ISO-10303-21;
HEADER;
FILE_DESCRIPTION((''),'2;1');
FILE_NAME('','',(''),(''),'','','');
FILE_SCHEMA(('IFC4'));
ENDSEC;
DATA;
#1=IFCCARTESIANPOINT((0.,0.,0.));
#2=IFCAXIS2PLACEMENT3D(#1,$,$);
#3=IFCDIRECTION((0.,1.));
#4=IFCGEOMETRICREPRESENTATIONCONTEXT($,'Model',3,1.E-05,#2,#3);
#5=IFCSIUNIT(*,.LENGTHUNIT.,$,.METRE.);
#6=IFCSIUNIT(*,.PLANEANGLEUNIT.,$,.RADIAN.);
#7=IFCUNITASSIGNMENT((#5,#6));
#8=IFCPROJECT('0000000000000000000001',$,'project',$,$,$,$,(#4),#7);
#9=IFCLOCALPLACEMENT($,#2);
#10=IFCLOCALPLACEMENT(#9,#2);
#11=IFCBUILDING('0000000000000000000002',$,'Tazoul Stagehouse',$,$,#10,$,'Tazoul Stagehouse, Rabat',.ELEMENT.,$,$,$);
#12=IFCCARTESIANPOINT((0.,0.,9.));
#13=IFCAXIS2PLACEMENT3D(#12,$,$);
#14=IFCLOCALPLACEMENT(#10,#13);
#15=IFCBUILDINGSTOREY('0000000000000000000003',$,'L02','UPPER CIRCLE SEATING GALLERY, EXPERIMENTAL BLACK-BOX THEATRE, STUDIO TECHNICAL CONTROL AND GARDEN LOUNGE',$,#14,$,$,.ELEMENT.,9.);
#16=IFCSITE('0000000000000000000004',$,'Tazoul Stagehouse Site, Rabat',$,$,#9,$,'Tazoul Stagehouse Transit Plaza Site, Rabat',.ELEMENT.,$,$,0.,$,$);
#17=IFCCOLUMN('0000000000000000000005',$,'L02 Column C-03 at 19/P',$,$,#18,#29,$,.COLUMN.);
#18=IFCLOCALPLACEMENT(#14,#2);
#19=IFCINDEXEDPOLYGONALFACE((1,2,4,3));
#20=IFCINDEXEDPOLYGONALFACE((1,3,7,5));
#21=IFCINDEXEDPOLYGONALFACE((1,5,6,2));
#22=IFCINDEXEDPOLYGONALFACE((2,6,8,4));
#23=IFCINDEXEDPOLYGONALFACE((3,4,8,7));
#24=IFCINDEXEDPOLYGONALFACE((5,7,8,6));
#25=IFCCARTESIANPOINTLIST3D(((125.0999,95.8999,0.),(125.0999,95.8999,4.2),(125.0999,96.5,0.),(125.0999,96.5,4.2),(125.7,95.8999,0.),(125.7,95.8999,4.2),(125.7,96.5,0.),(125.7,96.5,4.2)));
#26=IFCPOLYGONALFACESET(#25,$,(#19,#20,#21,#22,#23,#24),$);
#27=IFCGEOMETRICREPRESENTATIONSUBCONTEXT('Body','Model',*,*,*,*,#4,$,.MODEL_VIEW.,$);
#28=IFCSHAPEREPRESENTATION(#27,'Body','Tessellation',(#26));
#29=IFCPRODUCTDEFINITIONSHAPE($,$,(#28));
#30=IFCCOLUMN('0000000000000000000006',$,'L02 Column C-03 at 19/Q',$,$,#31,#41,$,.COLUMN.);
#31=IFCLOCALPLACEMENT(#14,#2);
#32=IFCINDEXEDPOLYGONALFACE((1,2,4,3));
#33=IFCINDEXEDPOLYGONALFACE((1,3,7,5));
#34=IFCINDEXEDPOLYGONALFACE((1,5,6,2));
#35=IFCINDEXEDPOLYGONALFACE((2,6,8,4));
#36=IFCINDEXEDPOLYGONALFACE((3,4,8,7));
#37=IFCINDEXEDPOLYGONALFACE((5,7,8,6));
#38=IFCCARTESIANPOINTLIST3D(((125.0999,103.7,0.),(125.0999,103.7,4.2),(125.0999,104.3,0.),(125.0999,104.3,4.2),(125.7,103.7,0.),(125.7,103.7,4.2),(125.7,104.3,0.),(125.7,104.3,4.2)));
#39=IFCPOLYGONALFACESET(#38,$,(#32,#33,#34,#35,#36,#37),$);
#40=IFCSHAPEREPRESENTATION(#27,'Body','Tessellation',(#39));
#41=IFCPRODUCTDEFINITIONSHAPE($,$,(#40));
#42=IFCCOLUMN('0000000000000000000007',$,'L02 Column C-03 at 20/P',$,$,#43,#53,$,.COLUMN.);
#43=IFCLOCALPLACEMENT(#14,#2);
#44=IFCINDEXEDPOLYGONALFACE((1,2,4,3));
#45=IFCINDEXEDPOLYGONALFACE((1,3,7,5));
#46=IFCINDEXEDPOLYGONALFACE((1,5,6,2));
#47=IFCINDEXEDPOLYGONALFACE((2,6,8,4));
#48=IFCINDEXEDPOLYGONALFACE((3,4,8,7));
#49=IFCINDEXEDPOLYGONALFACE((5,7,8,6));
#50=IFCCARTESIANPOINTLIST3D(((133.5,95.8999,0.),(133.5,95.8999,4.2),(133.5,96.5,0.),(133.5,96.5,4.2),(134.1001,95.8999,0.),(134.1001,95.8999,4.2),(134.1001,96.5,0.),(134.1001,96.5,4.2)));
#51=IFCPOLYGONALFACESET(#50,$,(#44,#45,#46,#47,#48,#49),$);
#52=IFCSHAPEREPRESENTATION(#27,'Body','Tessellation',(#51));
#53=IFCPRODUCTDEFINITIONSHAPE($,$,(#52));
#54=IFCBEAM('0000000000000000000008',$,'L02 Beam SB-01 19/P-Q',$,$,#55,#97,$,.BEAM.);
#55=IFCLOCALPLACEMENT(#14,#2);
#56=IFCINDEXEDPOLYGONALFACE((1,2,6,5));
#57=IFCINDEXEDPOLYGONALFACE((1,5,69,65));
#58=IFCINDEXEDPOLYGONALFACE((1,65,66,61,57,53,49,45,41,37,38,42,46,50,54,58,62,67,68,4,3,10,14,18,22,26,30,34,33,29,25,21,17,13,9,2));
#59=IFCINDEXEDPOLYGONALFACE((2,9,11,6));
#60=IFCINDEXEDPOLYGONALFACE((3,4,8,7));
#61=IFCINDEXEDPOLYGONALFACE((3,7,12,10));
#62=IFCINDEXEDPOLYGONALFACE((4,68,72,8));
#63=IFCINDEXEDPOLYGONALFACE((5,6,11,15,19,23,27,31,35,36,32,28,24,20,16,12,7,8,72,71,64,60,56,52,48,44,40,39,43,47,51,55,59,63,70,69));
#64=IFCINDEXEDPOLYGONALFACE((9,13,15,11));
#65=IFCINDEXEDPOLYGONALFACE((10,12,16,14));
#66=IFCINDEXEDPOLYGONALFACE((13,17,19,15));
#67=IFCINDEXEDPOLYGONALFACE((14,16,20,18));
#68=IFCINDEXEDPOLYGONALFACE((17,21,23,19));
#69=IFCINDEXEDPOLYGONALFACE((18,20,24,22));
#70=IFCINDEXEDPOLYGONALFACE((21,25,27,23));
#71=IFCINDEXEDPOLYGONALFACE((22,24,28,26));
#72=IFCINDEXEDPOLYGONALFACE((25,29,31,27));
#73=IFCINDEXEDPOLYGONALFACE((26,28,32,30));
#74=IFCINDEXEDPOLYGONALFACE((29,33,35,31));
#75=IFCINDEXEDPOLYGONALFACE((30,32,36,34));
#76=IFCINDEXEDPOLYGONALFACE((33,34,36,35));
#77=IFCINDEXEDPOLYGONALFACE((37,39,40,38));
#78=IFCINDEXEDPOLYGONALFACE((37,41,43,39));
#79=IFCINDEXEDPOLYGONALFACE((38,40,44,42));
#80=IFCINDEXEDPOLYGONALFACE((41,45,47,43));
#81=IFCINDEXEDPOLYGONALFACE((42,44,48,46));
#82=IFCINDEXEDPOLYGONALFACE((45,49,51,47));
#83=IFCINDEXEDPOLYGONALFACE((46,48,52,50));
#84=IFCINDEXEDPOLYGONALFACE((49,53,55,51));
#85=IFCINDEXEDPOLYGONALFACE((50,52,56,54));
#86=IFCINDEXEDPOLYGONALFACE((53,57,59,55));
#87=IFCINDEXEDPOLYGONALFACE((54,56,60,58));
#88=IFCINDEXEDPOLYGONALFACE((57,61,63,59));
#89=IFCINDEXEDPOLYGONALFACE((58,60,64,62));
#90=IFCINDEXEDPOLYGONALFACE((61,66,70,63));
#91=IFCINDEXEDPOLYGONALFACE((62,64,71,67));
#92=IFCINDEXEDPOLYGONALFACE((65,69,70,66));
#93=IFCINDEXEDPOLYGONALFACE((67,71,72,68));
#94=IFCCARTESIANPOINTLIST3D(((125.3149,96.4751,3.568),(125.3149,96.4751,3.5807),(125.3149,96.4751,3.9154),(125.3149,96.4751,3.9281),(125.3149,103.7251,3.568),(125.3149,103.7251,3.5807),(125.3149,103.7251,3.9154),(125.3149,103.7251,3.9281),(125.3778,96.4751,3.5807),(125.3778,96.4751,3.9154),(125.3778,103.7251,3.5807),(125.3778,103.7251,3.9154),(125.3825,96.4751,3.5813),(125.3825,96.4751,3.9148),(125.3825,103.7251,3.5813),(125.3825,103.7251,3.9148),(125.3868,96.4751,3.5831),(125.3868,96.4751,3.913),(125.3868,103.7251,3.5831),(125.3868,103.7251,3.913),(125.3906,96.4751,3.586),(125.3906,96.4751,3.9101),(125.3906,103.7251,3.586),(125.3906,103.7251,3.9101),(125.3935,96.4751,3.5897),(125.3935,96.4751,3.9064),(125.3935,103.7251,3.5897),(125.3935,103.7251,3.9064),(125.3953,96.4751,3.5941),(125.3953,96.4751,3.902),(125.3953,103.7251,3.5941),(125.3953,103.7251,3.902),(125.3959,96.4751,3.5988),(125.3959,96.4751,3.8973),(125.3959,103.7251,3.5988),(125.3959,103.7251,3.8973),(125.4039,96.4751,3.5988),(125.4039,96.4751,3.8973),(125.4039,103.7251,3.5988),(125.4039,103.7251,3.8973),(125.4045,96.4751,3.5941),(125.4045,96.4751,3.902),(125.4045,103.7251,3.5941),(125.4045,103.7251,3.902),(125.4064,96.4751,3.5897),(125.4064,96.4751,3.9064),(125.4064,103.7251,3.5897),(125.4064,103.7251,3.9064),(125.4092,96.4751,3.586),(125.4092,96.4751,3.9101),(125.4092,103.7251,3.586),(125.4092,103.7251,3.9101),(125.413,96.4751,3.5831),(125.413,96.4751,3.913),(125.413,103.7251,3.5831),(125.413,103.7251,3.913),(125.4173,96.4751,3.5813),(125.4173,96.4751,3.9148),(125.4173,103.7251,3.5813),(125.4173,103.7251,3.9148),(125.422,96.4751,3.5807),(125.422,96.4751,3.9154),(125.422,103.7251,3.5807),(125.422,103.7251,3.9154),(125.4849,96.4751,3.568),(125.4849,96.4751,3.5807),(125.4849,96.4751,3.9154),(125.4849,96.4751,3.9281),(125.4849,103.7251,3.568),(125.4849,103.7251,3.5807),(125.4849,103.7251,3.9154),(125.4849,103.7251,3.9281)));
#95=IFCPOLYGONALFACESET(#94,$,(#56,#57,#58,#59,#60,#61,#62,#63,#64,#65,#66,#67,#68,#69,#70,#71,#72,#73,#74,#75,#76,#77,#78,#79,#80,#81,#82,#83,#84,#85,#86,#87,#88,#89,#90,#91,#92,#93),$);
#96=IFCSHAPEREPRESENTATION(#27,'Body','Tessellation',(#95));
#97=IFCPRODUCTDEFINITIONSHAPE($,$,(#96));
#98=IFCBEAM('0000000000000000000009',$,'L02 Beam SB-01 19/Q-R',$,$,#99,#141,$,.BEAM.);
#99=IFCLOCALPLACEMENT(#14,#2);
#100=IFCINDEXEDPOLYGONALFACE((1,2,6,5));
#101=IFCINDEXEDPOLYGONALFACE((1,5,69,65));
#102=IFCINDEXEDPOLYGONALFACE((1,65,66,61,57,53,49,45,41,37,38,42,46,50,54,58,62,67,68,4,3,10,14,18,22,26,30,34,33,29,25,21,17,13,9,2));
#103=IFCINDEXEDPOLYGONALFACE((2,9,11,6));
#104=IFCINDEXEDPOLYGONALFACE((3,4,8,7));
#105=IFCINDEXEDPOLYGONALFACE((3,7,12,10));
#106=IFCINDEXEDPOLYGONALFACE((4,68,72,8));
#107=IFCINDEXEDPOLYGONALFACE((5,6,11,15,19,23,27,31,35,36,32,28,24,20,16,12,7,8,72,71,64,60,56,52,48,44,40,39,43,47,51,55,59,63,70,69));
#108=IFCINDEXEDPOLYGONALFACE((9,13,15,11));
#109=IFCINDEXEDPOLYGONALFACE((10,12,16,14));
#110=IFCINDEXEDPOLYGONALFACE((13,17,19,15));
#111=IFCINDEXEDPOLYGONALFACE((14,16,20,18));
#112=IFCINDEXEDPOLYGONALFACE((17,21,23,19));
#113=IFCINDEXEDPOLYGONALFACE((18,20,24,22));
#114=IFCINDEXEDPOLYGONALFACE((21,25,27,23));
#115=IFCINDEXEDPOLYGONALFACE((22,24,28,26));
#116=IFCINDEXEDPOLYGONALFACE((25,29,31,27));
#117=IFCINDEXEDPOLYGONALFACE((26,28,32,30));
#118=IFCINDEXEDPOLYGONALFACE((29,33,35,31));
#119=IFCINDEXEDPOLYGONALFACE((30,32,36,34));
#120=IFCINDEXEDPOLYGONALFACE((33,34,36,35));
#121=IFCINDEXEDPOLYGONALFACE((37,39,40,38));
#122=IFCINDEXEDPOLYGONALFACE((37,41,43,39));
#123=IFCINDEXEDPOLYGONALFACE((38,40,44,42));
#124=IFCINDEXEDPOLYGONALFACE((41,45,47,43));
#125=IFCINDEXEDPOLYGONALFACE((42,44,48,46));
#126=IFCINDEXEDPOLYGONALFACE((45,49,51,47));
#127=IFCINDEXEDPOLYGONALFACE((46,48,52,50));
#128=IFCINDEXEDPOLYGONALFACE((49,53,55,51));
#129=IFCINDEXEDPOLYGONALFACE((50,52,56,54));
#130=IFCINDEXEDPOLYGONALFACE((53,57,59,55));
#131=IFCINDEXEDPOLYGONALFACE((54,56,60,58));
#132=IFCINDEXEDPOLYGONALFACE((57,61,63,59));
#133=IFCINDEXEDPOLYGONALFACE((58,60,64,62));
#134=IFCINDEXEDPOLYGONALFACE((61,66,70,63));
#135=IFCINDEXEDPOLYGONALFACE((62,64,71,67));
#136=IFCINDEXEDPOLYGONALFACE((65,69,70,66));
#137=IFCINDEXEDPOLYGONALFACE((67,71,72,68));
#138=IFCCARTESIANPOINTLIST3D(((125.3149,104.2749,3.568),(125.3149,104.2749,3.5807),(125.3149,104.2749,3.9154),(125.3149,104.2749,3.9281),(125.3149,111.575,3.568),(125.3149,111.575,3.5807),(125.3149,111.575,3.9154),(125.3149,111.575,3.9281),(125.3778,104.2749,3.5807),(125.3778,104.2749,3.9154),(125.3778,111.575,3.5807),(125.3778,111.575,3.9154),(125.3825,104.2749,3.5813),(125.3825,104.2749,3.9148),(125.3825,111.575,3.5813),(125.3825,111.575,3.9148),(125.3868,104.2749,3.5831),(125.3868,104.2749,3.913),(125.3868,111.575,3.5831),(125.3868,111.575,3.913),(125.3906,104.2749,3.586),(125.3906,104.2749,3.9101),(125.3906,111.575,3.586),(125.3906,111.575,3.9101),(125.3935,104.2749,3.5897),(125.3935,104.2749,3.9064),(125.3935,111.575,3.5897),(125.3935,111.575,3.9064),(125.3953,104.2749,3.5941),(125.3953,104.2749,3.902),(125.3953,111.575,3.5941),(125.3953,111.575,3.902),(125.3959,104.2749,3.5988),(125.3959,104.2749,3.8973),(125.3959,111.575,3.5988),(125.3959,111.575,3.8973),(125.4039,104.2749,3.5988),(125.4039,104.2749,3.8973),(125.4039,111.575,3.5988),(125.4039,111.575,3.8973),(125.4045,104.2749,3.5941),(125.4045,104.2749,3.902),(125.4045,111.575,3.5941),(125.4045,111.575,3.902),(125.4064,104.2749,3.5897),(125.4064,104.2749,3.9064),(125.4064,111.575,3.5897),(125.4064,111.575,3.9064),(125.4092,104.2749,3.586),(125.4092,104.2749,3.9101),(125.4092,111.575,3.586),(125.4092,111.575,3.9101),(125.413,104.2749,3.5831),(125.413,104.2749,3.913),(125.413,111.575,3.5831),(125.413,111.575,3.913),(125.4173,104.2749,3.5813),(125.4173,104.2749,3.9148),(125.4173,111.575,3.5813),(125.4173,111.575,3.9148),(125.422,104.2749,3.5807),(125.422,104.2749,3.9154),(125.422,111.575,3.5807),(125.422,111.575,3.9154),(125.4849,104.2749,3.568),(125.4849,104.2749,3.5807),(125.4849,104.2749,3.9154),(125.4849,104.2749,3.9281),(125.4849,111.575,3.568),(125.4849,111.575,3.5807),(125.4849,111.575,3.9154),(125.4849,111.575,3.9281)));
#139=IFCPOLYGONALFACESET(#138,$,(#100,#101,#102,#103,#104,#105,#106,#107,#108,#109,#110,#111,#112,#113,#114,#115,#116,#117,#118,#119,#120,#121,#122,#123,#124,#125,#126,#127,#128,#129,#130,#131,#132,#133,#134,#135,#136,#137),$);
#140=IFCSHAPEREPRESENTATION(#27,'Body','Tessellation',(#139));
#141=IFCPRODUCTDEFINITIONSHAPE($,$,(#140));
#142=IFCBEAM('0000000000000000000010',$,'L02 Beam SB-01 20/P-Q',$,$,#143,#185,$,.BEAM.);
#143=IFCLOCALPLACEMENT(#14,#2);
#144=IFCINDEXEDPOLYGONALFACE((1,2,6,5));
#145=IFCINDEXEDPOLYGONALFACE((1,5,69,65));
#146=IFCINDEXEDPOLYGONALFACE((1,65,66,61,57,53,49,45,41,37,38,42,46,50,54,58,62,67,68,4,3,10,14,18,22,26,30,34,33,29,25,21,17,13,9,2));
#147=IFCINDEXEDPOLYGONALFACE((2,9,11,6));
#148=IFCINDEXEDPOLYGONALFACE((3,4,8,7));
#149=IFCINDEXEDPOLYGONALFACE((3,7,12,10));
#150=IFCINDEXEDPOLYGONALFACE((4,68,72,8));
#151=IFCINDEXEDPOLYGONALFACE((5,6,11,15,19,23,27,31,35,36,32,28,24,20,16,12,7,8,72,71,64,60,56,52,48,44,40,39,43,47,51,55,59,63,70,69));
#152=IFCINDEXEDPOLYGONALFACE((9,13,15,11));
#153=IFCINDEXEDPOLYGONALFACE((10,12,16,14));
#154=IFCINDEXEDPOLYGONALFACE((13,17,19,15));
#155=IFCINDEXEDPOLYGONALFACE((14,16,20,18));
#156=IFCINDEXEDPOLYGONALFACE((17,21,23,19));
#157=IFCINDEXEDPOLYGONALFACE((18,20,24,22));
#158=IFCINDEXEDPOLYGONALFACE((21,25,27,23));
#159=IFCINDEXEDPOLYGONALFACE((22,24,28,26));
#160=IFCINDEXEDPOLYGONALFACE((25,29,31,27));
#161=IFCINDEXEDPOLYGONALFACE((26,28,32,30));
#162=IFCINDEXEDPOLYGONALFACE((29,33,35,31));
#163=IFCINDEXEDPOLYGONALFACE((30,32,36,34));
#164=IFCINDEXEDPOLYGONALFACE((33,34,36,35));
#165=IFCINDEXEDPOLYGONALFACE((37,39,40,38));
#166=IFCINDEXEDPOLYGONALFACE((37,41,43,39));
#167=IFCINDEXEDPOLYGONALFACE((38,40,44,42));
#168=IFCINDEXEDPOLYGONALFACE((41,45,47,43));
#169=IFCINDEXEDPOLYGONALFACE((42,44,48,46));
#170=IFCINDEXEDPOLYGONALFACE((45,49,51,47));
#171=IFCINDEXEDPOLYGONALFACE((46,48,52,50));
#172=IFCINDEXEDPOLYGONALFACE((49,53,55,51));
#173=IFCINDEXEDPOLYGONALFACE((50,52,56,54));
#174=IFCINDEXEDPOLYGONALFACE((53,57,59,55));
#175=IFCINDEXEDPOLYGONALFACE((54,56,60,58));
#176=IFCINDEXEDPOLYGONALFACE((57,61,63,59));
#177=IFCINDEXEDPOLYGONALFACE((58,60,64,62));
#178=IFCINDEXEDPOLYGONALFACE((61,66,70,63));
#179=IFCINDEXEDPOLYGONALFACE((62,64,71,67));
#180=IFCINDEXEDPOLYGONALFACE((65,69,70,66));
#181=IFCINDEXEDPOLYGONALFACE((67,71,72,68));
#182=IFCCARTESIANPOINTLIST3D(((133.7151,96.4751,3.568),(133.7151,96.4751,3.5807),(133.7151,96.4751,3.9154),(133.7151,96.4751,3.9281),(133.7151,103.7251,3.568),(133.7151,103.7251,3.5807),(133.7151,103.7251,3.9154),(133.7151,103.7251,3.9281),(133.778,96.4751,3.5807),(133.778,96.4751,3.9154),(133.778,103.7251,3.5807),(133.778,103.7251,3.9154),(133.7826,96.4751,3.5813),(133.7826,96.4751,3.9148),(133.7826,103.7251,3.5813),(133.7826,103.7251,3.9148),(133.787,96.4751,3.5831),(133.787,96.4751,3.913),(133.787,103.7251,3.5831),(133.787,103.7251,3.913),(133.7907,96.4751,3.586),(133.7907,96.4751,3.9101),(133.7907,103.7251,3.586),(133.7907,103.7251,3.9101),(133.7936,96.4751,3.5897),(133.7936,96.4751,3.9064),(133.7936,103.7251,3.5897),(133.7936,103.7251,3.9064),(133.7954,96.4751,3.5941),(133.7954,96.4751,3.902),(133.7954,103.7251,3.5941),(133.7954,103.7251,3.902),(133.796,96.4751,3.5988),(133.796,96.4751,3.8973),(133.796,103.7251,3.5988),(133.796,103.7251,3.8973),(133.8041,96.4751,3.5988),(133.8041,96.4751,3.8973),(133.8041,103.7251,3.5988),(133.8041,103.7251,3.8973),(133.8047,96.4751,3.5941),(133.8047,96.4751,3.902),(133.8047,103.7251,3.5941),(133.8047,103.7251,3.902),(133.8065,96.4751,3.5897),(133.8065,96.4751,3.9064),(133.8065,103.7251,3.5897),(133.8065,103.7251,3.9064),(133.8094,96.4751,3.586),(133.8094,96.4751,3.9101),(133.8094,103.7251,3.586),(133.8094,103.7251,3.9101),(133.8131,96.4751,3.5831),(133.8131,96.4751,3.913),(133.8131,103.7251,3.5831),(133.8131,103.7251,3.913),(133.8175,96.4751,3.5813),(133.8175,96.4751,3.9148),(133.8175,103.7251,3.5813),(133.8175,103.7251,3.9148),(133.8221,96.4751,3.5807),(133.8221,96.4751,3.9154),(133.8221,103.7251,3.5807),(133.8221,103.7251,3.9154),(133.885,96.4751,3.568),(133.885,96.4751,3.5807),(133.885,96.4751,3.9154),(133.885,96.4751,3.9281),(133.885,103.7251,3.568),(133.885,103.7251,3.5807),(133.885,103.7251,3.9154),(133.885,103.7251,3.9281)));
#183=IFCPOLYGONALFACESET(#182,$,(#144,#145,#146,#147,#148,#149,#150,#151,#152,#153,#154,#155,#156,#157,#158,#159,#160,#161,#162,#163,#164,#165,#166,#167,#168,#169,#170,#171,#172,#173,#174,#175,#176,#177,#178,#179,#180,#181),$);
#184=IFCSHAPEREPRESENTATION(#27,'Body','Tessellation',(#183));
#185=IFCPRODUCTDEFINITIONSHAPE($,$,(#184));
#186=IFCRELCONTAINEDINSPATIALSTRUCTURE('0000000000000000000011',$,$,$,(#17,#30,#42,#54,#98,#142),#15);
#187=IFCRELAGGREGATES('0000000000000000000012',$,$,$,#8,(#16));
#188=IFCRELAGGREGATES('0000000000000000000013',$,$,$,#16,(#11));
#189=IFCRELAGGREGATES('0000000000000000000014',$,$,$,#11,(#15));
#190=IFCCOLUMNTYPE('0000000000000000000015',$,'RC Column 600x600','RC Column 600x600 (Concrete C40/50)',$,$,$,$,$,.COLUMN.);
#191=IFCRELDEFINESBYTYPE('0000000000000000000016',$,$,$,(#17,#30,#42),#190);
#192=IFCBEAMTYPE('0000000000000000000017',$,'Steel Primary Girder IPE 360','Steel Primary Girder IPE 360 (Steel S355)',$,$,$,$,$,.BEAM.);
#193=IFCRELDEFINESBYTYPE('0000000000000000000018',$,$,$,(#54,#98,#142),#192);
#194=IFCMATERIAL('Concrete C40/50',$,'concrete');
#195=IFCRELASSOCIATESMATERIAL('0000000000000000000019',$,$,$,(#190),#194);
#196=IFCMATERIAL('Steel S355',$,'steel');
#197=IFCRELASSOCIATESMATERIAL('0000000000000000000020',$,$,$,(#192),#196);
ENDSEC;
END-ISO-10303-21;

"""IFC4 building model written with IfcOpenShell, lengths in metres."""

from ifc_helpers import new_model, si_unit, direction, frame, origin, origin_2d, place, context, subcontext, project, spatial, rectangle, i_section, extrude, material, material_profile, profile_set, type_object, element, save


model = new_model("IFC4")

# Units and contexts
model_context = context("Model", 3, precision=1e-05, world=origin(), true_north=direction((0.0, 1.0)))
body_context = subcontext(model_context, "Body", "Model", "MODEL_VIEW")
ifc_project = project(units=[si_unit("LENGTHUNIT", "METRE"), si_unit("PLANEANGLEUNIT", "RADIAN")], contexts=[model_context])

# Site, building, storey
site_placement = place(None, origin())
site = spatial("IfcSite", under=ifc_project, at=site_placement, Name="Tazoul Stagehouse Site, Rabat", LongName="Tazoul Stagehouse Transit Plaza Site, Rabat", CompositionType="ELEMENT", RefElevation=0.0)
building_placement = place(site_placement, origin())
building = spatial("IfcBuilding", under=site, at=building_placement, Name="Tazoul Stagehouse", LongName="Tazoul Stagehouse, Rabat", CompositionType="ELEMENT")
storey_placement = place(building_placement, frame((0.0, 0.0, 9.0)))
storey = spatial("IfcBuildingStorey", under=building, at=storey_placement, Name="L02", Description="UPPER CIRCLE SEATING GALLERY, EXPERIMENTAL BLACK-BOX THEATRE, STUDIO TECHNICAL CONTROL AND GARDEN LOUNGE", CompositionType="ELEMENT", Elevation=9.0)

# Columns
ifc_material_1 = material(Name="Concrete C40/50", Category="concrete")
ifc_material_profile_1 = material_profile(ifc_material_1, rectangle(XDim=0.6001, YDim=0.6001, at=origin_2d()), Name="RC 600x600")
ifc_profile_set_1 = profile_set([ifc_material_profile_1], Name="Concrete C40/50")
column_type = type_object("IfcColumnType", Name="RC Column 600x600", Description="RC Column 600x600 (Concrete C40/50)", PredefinedType="COLUMN", material=ifc_profile_set_1)
for number, where, z_axis, x_axis, name in (
    (1, (125.3999, 96.2, 0.0), (0.0, 0.0, 1.0), (1.0, 0.0, 0.0), "L02 Column C-03 at 19/P"),
    (2, (125.3999, 104.0, 0.0), (0.0, 0.0, 1.0), (1.0, 0.0, 0.0), "L02 Column C-03 at 19/Q"),
    (3, (133.8, 96.2, 0.0), (0.0, 0.0, 1.0), (1.0, 0.0, 0.0), "L02 Column C-03 at 20/P"),
):
    element("IfcColumn", number, at=place(storey_placement, frame(where, z_axis=z_axis, x_axis=x_axis)), inside=storey, type_object=column_type, Name=name, PredefinedType="COLUMN", context=body_context, shape_type="SweptSolid", body=[
        extrude(rectangle(XDim=0.6001, YDim=0.6001, at=origin_2d()), origin(), (0.0, 0.0, 1.0), 4.2),
    ])

# Beams
ifc_material_2 = material(Name="Steel S355", Category="steel")
ifc_material_profile_2 = material_profile(ifc_material_2, i_section(OverallWidth=0.1699, OverallDepth=0.3601, WebThickness=0.0081, FlangeThickness=0.0127, FilletRadius=0.0181, at=origin_2d()), Name="IPE 360")
ifc_profile_set_2 = profile_set([ifc_material_profile_2], Name="Steel S355")
beam_type_1 = type_object("IfcBeamType", Name="Steel Primary Girder IPE 360", Description="Steel Primary Girder IPE 360 (Steel S355)", PredefinedType="BEAM", material=ifc_profile_set_2)
beam_1_placement = place(storey_placement, frame((125.3999, 96.4751, 3.748), z_axis=(0.0, 1.0, 0.0), x_axis=(-1.0, 0.0, 0.0)))
element("IfcBeam", 4, at=beam_1_placement, inside=storey, type_object=beam_type_1, Name="L02 Beam SB-01 19/P-Q", PredefinedType="BEAM", context=body_context, shape_type="SweptSolid", body=[
    extrude(i_section(OverallWidth=0.1699, OverallDepth=0.3601, WebThickness=0.0081, FlangeThickness=0.0127, FilletRadius=0.0181, at=origin_2d()), origin(), (0.0, 0.0, 1.0), 7.25),
])
beam_2_placement = place(storey_placement, frame((125.3999, 104.2749, 3.748), z_axis=(0.0, 1.0, 0.0), x_axis=(-1.0, 0.0, 0.0)))
element("IfcBeam", 5, at=beam_2_placement, inside=storey, type_object=beam_type_1, Name="L02 Beam SB-01 19/Q-R", PredefinedType="BEAM", context=body_context, shape_type="SweptSolid", body=[
    extrude(i_section(OverallWidth=0.1699, OverallDepth=0.3601, WebThickness=0.0081, FlangeThickness=0.0127, FilletRadius=0.0181, at=origin_2d()), origin(), (0.0, 0.0, 1.0), 7.3),
])
beam_3_placement = place(storey_placement, frame((133.8, 96.4751, 3.748), z_axis=(0.0, 1.0, 0.0), x_axis=(-1.0, 0.0, 0.0)))
element("IfcBeam", 6, at=beam_3_placement, inside=storey, type_object=beam_type_1, Name="L02 Beam SB-01 20/P-Q", PredefinedType="BEAM", context=body_context, shape_type="SweptSolid", body=[
    extrude(i_section(OverallWidth=0.1699, OverallDepth=0.3601, WebThickness=0.0081, FlangeThickness=0.0127, FilletRadius=0.0181, at=origin_2d()), origin(), (0.0, 0.0, 1.0), 7.25),
])

save(model, "model.ifc")
